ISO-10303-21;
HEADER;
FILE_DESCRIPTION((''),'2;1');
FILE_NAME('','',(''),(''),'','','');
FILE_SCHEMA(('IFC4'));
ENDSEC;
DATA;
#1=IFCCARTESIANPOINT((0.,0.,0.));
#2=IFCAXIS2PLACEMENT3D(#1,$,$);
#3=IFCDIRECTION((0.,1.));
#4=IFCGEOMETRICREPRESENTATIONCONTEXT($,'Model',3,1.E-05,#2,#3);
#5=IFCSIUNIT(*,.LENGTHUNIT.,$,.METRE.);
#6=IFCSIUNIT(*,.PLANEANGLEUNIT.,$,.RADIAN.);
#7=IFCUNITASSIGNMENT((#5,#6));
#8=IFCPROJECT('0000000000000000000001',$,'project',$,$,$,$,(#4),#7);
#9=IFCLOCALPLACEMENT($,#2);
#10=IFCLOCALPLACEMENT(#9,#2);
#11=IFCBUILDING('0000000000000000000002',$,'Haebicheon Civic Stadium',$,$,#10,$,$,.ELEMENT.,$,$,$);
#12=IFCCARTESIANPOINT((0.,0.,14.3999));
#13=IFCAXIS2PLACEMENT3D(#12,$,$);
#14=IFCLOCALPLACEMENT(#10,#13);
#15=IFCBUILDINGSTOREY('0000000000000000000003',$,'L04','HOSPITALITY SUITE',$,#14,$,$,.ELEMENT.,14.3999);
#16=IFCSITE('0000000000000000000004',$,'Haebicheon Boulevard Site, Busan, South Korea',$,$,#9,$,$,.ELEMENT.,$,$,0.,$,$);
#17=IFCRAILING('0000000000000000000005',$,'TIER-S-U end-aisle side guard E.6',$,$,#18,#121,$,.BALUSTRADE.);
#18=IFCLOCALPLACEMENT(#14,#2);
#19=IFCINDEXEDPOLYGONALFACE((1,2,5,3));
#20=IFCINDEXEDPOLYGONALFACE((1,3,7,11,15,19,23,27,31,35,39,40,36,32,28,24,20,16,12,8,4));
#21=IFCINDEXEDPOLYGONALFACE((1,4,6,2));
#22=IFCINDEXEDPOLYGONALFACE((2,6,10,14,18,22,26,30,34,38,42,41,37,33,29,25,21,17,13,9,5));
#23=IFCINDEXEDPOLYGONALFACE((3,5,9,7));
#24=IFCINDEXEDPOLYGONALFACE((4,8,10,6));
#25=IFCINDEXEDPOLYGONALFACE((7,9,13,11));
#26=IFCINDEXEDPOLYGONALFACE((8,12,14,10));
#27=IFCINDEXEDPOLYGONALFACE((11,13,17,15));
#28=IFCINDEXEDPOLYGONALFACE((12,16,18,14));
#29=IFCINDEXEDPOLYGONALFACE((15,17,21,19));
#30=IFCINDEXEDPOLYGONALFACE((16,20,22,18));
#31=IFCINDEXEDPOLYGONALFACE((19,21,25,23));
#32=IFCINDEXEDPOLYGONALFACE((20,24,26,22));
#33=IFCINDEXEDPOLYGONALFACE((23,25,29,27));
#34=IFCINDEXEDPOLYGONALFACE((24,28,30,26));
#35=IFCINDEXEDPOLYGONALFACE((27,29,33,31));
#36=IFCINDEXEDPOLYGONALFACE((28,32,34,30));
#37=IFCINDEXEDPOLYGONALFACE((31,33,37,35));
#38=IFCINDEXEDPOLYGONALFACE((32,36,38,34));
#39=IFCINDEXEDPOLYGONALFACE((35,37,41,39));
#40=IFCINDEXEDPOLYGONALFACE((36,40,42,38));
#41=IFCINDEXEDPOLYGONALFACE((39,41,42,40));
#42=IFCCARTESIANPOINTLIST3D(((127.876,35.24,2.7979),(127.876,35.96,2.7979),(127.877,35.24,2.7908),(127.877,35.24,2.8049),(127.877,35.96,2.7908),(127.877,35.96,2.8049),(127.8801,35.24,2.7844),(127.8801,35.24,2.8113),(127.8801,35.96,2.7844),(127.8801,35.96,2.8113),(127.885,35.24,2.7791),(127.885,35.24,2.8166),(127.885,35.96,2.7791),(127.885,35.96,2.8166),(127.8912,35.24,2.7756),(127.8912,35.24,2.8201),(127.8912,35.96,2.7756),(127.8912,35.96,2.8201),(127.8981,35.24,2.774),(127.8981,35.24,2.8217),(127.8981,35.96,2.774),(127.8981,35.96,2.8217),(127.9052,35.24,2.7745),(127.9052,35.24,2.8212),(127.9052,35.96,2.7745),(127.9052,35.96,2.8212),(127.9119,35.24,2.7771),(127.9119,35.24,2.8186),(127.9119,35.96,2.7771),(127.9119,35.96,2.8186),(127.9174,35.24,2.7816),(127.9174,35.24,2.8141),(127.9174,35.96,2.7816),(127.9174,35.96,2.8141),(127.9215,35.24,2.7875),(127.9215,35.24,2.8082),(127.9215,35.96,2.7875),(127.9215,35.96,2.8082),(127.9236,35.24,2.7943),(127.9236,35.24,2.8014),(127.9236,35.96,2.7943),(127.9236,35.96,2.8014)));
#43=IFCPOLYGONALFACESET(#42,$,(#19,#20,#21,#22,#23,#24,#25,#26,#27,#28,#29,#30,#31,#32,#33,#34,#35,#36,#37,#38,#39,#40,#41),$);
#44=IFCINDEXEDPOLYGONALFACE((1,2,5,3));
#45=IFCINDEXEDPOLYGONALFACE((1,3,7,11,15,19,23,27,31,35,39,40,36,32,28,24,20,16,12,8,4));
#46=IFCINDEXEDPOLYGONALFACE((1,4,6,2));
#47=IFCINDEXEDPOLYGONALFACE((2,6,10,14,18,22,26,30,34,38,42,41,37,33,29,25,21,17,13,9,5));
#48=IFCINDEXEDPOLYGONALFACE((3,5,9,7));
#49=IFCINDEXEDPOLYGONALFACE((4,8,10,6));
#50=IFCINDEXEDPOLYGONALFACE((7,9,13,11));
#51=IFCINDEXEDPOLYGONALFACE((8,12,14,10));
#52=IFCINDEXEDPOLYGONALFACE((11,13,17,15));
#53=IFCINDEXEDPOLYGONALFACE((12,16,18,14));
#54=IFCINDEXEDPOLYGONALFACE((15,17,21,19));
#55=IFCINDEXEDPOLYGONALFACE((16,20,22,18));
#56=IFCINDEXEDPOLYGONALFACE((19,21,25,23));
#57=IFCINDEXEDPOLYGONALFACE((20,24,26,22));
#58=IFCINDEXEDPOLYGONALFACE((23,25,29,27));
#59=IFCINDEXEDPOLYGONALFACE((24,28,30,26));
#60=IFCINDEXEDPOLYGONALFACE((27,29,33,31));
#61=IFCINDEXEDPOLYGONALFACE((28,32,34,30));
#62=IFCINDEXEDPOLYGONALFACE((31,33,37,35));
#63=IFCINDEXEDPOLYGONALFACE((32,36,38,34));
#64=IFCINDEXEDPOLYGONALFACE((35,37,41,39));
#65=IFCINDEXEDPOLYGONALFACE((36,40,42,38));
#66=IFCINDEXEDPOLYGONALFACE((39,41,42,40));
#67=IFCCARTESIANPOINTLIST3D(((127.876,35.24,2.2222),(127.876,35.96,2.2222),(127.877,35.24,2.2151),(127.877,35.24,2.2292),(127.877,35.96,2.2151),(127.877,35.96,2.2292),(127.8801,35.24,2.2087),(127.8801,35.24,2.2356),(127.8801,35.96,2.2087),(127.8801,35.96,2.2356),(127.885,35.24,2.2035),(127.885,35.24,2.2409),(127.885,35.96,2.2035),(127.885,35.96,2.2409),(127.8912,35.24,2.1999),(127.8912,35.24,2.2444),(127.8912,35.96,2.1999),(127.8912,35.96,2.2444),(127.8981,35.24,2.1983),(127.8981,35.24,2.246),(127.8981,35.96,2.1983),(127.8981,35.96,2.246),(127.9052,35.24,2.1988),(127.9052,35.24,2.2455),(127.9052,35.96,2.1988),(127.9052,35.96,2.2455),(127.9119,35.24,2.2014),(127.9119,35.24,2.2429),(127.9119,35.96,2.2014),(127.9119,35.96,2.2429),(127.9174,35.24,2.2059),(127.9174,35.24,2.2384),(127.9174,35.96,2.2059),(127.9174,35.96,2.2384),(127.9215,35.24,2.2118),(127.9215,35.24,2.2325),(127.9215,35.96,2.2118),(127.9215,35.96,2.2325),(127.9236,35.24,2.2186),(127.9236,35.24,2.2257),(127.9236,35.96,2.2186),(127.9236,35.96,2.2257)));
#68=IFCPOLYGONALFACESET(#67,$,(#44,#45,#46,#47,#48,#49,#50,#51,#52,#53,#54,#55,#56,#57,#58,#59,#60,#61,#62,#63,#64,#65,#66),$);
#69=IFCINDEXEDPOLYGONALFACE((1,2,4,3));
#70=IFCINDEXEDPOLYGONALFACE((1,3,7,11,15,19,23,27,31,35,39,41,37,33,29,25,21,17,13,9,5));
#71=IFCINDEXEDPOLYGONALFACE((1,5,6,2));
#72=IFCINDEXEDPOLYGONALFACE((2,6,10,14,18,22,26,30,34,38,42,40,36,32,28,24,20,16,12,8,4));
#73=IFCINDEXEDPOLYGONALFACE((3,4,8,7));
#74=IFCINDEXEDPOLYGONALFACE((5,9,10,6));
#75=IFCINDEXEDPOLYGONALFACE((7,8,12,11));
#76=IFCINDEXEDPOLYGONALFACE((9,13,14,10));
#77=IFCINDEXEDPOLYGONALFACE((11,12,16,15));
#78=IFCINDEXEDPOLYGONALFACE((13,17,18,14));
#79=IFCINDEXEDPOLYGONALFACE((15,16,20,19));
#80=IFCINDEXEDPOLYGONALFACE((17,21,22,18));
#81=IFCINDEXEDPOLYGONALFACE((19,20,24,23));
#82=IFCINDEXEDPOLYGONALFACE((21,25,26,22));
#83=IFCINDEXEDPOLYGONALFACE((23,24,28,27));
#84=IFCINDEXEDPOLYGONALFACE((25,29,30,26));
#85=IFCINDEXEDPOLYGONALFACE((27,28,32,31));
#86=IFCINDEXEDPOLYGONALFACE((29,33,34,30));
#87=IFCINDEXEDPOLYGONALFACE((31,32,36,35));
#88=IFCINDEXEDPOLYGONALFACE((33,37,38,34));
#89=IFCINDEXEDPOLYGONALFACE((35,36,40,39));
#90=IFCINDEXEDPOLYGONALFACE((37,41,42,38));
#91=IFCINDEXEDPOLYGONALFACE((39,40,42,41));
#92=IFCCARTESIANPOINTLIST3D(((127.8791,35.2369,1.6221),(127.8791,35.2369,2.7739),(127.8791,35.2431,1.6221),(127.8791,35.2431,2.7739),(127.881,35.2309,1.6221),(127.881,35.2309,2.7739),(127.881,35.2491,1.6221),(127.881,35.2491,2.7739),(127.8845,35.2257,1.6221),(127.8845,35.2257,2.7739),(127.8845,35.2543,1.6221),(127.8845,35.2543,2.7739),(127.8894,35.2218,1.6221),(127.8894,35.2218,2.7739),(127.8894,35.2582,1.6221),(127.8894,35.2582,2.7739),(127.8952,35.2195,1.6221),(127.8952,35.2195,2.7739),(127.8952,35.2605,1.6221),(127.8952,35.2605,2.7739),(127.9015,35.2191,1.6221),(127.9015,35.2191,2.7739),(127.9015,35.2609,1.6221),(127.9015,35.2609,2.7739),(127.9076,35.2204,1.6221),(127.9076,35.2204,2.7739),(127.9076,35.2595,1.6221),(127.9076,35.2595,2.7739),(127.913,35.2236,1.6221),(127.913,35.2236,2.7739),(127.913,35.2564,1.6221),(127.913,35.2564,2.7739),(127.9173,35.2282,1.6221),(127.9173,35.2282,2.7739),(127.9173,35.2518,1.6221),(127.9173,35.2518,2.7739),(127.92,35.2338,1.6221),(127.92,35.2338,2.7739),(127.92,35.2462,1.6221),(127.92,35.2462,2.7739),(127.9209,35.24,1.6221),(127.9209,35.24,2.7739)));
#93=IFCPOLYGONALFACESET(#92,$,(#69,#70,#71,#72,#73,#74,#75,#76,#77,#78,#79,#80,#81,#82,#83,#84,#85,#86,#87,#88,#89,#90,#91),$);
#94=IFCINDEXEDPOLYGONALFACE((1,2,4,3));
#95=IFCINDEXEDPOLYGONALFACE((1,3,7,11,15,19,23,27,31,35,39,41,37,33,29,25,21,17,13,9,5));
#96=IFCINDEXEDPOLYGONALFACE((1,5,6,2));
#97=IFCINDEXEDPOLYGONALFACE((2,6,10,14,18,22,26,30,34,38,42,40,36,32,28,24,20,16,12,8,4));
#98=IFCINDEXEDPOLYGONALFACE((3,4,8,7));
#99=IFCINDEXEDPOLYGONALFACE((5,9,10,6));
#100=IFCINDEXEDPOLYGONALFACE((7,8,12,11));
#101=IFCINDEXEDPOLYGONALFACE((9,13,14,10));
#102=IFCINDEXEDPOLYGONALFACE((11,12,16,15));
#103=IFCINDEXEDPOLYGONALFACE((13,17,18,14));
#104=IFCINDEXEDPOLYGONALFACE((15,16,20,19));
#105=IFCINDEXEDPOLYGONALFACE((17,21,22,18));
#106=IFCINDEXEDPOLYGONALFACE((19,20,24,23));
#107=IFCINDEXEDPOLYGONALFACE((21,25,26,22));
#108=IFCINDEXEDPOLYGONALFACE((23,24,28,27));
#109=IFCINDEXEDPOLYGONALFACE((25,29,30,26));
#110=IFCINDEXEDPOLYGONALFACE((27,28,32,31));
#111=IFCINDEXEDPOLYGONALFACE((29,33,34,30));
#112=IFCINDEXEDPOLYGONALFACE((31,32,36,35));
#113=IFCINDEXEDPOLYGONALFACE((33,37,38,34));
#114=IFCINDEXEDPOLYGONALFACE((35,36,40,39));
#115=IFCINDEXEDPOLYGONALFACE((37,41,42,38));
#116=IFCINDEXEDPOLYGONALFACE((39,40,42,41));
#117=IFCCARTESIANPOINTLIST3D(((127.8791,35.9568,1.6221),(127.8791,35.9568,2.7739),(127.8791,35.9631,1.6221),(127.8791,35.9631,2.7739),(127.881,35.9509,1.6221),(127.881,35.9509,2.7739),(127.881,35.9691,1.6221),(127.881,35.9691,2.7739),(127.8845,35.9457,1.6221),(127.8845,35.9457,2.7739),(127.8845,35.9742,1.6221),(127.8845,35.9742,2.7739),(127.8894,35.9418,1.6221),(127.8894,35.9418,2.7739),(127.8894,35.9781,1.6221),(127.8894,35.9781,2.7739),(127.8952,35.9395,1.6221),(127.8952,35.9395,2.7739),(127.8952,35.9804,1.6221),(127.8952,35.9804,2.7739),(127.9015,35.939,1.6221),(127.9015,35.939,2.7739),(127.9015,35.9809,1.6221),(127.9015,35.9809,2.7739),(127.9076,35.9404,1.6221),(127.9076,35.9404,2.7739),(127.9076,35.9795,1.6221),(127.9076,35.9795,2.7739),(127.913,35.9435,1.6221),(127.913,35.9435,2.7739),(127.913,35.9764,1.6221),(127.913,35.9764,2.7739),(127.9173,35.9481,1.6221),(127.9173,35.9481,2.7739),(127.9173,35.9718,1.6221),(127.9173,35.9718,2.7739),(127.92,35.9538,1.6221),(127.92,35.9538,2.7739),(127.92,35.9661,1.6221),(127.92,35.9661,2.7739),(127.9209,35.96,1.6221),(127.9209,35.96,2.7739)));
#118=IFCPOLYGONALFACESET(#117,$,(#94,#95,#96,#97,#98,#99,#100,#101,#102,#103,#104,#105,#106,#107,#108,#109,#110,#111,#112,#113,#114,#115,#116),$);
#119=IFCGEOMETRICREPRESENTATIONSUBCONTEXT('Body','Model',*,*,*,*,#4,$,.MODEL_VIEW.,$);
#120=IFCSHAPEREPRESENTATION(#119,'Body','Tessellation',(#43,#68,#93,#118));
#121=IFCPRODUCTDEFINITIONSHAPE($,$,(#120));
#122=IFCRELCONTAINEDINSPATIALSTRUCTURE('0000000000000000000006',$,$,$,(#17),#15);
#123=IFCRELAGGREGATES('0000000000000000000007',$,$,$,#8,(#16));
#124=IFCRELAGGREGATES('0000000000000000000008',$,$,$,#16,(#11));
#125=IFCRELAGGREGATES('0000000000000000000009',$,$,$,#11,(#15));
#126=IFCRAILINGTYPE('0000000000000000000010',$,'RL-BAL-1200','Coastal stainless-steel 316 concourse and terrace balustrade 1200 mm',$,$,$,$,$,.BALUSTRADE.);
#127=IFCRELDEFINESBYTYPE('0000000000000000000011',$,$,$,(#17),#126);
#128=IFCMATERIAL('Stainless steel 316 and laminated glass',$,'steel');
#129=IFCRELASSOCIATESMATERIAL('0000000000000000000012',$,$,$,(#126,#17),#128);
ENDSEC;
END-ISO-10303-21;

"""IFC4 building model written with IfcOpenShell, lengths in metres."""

from ifc_helpers import new_model, si_unit, direction, frame, origin, origin_2d, place, context, subcontext, project, spatial, circle, extrude, material, type_object, element, save


model = new_model("IFC4")

# Units and contexts
model_context = context("Model", 3, precision=1e-05, world=origin(), true_north=direction((0.0, 1.0)))
body_context = subcontext(model_context, "Body", "Model", "MODEL_VIEW")
ifc_project = project(units=[si_unit("LENGTHUNIT", "METRE"), si_unit("PLANEANGLEUNIT", "RADIAN")], contexts=[model_context])

# Site, building, storey
site_placement = place(None, origin())
site = spatial("IfcSite", under=ifc_project, at=site_placement, Name="Haebicheon Boulevard Site, Busan, South Korea", CompositionType="ELEMENT", RefElevation=0.0)
building_placement = place(site_placement, origin())
building = spatial("IfcBuilding", under=site, at=building_placement, Name="Haebicheon Civic Stadium", CompositionType="ELEMENT")
storey_placement = place(building_placement, frame((0.0, 0.0, 14.3999)))
storey = spatial("IfcBuildingStorey", under=building, at=storey_placement, Name="L04", Description="HOSPITALITY SUITE", CompositionType="ELEMENT", Elevation=14.3999)

# Railing
ifc_material_1 = material(Name="Stainless steel 316 and laminated glass", Category="steel")
railing_type = type_object("IfcRailingType", Name="RL-BAL-1200", Description="Coastal stainless-steel 316 concourse and terrace balustrade 1200 mm", PredefinedType="BALUSTRADE", material=ifc_material_1)
for number, where, name in (
    (1, (127.8999, 35.24, 1.6221), "TIER-S-U end-aisle side guard E.6"),
):
    element("IfcRailing", number, at=place(storey_placement, frame(where)), inside=storey, type_object=railing_type, material=ifc_material_1, Name=name, PredefinedType="BALUSTRADE", context=body_context, shape_type="SweptSolid", body=[
        extrude(circle(Radius=0.0239, at=origin_2d()), frame((0.0, 0.0, 1.1758), z_axis=(0.0, 1.0, 0.0), x_axis=(-1.0, 0.0, 0.0)), (0.0, 0.0, 1.0), 0.72),
        extrude(circle(Radius=0.0239, at=origin_2d()), frame((0.0, 0.0, 0.6001), z_axis=(0.0, 1.0, 0.0), x_axis=(-1.0, 0.0, 0.0)), (0.0, 0.0, 1.0), 0.72),
        extrude(circle(Radius=0.021, at=origin_2d()), origin(), (0.0, 0.0, 1.0), 1.1519),
        extrude(circle(Radius=0.021, at=origin_2d()), frame((0.0, 0.72, 0.0)), (0.0, 0.0, 1.0), 1.1519),
    ])

save(model, "model.ifc")
